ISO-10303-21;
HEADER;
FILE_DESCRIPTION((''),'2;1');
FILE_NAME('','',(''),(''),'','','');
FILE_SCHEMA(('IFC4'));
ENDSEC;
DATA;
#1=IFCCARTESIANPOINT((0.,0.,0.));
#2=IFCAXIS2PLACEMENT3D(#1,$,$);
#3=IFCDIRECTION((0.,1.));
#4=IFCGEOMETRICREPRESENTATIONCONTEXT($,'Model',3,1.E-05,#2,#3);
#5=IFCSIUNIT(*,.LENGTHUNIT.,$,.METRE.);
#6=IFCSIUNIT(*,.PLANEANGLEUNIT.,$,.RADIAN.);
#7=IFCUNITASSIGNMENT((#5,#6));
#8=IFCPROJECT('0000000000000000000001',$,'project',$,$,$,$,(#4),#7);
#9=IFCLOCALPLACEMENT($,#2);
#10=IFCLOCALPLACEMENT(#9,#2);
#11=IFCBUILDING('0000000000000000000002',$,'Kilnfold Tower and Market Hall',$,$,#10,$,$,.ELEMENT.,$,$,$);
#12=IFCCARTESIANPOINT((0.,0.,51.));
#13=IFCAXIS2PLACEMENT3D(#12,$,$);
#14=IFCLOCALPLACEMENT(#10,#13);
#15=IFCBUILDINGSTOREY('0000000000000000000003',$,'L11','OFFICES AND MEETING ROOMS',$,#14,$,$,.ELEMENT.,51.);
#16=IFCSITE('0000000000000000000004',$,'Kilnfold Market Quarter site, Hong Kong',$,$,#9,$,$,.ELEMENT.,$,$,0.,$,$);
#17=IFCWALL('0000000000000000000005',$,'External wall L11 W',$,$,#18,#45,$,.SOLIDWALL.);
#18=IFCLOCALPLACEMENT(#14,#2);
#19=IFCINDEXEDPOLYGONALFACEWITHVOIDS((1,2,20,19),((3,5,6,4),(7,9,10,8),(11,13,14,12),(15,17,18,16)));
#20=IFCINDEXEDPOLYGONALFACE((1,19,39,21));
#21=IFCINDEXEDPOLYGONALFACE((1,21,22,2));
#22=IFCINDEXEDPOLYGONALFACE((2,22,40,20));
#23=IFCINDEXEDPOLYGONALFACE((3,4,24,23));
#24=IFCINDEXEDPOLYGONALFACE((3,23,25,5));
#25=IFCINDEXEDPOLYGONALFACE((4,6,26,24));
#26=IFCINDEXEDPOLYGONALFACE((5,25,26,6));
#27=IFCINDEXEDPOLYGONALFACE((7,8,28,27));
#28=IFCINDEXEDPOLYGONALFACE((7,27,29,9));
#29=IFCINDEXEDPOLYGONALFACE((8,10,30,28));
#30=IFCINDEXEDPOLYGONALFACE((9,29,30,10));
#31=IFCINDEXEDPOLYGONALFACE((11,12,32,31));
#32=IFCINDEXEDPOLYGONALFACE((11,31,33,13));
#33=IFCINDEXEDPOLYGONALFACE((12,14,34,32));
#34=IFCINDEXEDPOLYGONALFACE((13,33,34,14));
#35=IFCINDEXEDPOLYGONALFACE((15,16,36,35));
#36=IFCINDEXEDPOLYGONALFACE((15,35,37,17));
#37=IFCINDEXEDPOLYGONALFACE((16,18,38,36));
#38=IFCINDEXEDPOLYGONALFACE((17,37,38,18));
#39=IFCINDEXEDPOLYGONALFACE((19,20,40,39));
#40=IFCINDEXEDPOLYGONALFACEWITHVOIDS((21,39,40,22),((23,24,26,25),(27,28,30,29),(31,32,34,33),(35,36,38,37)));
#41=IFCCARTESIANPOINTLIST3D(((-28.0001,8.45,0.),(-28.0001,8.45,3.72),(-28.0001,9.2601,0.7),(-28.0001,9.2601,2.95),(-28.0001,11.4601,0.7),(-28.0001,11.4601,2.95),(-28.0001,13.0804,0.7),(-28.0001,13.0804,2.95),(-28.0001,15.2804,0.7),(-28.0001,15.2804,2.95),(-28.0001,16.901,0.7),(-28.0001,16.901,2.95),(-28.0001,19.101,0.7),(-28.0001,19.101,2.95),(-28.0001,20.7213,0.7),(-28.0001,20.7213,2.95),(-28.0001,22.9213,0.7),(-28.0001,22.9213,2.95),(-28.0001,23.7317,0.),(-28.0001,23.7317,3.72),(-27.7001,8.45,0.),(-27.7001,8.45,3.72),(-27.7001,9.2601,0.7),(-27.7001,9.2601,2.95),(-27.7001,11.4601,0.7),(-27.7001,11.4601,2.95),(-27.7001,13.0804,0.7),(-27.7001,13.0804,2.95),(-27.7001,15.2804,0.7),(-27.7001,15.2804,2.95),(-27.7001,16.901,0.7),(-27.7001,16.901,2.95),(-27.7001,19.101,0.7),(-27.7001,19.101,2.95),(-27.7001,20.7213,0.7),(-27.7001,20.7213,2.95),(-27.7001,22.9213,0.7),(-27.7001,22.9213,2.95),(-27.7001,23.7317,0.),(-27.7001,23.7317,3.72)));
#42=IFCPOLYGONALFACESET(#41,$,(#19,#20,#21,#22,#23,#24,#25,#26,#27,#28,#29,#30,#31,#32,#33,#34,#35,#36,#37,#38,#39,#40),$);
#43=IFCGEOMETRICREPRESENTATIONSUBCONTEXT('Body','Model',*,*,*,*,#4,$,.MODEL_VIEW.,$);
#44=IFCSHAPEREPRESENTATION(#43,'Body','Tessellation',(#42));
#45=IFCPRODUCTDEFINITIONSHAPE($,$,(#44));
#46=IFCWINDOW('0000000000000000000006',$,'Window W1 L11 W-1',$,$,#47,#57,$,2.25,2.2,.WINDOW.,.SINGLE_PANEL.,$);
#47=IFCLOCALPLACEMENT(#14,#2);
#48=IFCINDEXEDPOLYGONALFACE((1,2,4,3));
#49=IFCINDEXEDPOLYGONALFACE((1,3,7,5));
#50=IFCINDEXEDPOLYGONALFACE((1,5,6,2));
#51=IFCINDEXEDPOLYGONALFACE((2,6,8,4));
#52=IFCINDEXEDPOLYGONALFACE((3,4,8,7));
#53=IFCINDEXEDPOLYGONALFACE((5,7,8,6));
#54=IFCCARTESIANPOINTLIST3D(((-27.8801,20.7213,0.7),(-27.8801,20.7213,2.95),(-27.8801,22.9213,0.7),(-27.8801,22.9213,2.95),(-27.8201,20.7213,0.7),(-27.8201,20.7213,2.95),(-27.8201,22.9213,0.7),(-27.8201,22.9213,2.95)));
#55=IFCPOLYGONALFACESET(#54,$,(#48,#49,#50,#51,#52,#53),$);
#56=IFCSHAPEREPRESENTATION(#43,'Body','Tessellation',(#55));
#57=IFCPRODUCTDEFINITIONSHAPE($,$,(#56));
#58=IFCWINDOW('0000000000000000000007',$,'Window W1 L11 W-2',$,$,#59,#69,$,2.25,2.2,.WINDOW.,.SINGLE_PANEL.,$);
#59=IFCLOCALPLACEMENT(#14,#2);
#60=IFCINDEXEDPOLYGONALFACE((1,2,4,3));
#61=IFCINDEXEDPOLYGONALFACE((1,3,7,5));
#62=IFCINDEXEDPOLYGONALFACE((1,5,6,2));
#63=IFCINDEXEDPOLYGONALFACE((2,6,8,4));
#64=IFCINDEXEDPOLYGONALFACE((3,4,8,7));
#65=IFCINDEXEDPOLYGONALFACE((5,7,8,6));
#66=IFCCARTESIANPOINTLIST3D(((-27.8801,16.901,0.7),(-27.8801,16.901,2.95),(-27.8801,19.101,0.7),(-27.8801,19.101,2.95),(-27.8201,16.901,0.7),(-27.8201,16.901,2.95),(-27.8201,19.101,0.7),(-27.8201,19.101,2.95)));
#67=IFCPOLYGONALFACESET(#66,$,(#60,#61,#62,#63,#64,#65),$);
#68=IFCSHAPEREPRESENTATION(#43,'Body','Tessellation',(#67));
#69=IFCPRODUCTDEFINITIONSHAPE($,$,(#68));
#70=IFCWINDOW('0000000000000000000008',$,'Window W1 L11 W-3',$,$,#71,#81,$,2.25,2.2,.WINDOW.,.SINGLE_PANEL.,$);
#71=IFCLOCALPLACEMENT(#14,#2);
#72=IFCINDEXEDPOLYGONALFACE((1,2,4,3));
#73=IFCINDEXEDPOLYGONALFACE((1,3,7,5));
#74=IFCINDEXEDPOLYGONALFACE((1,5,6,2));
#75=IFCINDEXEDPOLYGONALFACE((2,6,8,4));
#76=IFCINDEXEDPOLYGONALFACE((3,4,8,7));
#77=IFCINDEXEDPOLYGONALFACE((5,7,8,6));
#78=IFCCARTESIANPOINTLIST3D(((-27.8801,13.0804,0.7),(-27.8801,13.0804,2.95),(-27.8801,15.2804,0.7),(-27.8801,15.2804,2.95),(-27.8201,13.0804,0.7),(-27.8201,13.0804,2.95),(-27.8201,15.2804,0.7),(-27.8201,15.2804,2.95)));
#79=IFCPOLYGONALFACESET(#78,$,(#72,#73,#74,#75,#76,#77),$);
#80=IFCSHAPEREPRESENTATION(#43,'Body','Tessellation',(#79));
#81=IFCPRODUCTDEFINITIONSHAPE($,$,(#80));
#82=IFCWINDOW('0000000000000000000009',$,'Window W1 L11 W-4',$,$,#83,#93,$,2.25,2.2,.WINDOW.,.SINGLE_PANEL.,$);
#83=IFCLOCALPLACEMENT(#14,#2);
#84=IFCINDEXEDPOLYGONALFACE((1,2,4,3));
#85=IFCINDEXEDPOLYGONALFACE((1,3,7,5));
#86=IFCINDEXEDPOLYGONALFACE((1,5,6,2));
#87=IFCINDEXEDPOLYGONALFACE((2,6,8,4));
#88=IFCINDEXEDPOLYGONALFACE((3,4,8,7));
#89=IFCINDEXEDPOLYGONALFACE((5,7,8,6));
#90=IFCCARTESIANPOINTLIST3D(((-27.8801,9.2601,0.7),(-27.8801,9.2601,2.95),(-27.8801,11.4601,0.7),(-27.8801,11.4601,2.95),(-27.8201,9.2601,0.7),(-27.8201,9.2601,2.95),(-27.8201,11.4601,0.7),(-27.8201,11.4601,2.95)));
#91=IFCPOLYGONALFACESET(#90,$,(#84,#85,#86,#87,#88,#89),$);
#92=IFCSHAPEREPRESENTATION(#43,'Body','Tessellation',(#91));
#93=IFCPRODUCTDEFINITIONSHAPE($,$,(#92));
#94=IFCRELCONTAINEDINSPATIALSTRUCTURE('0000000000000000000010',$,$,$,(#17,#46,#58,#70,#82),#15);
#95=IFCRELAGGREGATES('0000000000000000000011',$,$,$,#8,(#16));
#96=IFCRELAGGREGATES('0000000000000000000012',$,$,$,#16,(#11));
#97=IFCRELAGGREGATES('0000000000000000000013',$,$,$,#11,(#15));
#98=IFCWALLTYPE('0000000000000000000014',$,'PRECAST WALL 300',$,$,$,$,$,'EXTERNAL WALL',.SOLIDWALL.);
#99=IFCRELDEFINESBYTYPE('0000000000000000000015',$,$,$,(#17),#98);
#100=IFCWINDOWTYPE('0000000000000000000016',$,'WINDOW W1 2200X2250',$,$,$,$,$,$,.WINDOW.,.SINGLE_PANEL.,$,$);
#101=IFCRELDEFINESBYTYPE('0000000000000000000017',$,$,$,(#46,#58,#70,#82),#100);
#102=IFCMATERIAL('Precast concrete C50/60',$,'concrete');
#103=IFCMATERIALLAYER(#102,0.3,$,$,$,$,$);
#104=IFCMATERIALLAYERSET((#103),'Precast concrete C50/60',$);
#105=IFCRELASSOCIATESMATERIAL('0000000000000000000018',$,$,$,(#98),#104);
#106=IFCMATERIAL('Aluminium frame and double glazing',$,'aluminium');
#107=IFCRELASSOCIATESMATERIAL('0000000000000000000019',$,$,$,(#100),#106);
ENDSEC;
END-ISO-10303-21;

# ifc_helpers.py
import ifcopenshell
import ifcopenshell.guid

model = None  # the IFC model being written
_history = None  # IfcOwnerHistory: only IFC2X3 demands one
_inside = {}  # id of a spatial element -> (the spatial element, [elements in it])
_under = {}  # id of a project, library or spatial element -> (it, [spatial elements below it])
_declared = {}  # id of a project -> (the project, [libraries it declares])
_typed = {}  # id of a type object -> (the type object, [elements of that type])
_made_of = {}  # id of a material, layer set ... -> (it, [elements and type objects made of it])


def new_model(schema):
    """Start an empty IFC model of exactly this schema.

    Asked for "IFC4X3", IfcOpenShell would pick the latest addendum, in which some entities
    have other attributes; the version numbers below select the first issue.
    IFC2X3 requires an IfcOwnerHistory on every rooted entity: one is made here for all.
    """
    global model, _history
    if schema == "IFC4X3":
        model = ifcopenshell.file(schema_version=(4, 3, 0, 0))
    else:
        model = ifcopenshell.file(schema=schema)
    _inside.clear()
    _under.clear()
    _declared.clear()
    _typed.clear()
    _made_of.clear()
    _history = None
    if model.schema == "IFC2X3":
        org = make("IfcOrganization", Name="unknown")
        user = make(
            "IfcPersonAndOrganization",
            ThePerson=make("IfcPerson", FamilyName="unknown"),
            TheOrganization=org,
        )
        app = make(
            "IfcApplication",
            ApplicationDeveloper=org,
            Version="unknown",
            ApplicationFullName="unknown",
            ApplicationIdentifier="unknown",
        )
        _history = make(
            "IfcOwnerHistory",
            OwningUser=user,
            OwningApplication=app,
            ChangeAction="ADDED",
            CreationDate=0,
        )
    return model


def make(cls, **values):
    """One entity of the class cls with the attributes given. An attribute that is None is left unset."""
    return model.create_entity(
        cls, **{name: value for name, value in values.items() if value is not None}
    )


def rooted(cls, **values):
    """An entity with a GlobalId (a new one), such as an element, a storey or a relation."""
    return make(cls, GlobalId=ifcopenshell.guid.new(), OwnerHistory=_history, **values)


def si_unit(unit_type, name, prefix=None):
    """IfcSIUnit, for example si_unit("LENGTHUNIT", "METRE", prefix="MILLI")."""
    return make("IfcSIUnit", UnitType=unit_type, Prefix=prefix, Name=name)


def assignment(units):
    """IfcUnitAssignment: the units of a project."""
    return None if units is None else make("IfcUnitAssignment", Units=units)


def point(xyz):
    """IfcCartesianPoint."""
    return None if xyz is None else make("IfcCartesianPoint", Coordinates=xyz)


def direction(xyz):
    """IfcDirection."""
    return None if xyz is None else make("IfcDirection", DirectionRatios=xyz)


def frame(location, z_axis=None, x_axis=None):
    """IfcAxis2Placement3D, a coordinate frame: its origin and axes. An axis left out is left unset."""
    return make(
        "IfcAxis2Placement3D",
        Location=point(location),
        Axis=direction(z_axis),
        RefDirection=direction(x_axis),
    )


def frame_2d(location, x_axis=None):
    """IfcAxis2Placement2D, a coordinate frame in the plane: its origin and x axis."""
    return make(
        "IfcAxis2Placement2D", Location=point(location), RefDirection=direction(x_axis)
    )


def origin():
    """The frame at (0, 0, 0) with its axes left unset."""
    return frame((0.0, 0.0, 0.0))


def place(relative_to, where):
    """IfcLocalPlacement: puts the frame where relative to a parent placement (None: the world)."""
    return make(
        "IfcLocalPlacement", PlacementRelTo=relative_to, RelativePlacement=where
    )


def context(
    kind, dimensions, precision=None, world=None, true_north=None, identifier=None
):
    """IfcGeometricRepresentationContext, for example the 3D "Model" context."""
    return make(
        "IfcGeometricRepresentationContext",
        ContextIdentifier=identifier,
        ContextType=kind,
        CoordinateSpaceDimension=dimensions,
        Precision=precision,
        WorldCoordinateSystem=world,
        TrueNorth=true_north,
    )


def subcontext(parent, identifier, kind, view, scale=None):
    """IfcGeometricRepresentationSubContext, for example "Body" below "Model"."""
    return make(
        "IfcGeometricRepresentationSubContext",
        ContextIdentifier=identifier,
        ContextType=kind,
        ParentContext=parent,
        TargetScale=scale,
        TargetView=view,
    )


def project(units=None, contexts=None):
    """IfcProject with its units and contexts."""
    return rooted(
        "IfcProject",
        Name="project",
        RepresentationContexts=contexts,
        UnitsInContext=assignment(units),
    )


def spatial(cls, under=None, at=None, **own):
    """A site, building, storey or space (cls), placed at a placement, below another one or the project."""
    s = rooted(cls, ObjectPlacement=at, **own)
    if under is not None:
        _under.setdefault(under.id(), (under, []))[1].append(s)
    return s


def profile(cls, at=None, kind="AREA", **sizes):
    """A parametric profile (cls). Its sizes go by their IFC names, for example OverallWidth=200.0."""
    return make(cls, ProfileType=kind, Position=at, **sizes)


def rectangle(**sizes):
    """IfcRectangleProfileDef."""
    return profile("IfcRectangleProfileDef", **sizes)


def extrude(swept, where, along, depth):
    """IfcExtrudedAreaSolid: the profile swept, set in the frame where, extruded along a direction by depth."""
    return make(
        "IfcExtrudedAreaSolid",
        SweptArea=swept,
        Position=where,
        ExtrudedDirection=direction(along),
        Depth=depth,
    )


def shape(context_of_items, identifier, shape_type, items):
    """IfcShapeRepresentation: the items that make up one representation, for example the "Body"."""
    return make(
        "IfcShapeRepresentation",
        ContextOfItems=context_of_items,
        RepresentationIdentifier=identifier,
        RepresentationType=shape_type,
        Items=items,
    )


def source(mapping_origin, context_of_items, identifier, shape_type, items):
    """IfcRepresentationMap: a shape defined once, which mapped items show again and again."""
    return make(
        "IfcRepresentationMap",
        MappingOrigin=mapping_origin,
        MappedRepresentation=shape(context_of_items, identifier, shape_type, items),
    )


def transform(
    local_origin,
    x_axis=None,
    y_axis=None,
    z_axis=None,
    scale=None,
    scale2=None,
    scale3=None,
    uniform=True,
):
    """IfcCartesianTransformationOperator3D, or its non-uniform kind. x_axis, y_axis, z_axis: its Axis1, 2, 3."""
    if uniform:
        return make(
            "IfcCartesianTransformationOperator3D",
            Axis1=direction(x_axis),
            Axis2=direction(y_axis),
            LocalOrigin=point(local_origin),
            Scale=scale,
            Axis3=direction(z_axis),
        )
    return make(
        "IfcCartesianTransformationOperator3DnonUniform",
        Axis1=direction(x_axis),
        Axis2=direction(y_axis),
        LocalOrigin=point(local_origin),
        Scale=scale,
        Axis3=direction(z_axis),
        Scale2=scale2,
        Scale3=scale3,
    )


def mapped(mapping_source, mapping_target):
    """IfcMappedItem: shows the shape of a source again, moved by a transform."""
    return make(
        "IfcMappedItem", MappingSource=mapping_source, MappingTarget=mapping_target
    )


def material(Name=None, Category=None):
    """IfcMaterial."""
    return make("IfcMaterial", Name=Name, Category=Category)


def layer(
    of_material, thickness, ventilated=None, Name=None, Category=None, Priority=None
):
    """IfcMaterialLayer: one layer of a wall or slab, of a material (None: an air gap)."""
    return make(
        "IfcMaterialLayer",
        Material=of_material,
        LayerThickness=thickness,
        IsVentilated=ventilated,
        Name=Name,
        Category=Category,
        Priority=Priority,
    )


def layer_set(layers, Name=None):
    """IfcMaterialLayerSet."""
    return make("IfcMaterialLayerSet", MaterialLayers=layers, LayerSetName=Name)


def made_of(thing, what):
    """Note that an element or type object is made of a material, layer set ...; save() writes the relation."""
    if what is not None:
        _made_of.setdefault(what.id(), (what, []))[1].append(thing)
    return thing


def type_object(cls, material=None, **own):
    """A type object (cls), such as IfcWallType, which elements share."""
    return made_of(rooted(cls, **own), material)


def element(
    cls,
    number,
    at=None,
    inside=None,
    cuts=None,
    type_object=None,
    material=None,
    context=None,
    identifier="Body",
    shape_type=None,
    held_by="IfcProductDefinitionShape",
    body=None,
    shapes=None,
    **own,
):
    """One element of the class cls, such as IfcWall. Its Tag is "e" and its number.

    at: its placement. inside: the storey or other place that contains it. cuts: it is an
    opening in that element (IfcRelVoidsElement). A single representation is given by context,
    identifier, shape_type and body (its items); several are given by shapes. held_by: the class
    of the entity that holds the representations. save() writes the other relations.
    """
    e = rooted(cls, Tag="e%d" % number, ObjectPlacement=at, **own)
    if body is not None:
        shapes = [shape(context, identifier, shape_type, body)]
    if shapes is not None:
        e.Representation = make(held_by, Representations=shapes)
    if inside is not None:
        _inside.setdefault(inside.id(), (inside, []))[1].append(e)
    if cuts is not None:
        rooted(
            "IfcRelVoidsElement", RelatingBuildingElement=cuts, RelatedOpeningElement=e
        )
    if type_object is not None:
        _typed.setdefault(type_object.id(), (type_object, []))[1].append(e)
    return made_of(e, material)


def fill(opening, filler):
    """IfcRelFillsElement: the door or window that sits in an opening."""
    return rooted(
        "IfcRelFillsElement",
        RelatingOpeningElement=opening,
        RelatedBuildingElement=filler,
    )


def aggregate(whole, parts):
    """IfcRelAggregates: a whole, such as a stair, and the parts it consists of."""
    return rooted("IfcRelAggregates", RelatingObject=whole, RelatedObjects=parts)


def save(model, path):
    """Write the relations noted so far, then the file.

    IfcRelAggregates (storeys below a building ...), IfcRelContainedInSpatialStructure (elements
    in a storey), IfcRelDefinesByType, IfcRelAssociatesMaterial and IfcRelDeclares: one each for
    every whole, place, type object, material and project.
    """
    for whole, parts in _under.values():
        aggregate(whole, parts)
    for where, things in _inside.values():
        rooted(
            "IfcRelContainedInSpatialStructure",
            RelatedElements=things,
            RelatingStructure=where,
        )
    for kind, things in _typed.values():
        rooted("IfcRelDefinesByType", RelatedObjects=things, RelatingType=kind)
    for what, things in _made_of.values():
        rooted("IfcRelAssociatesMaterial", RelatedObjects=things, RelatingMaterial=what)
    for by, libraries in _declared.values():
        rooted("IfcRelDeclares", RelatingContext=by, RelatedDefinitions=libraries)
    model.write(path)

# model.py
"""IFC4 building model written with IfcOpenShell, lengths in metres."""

from ifc_helpers import new_model, si_unit, direction, frame, frame_2d, origin, place, context, subcontext, project, spatial, rectangle, extrude, source, transform, mapped, material, layer, layer_set, type_object, element, fill, save


model = new_model("IFC4")

# Units and contexts
model_context = context("Model", 3, precision=1e-05, world=origin(), true_north=direction((0.0, 1.0)))
body_context = subcontext(model_context, "Body", "Model", "MODEL_VIEW")
ifc_project = project(units=[si_unit("LENGTHUNIT", "METRE"), si_unit("PLANEANGLEUNIT", "RADIAN")], contexts=[model_context])

# Site, building, storey
site_placement = place(None, origin())
site = spatial("IfcSite", under=ifc_project, at=site_placement, Name="Kilnfold Market Quarter site, Hong Kong", CompositionType="ELEMENT", RefElevation=0.0)
building_placement = place(site_placement, origin())
building = spatial("IfcBuilding", under=site, at=building_placement, Name="Kilnfold Tower and Market Hall", CompositionType="ELEMENT")
storey_placement = place(building_placement, frame((0.0, 0.0, 51.0)))
storey = spatial("IfcBuildingStorey", under=building, at=storey_placement, Name="L11", Description="OFFICES AND MEETING ROOMS", CompositionType="ELEMENT", Elevation=51.0)

# Shared definitions
ifc_material_1 = material(Name="Precast concrete C50/60", Category="concrete")
ifc_layer_1 = layer(ifc_material_1, 0.3)
ifc_layer_set_1 = layer_set([ifc_layer_1], Name="Precast concrete C50/60")
wall_type_1 = type_object("IfcWallType", Name="PRECAST WALL 300", ElementType="EXTERNAL WALL", PredefinedType="SOLIDWALL", material=ifc_layer_set_1)
ifc_material_2 = material(Name="Aluminium frame and double glazing", Category="aluminium")
window_type = type_object("IfcWindowType", Name="WINDOW W1 2200X2250", PartitioningType="SINGLE_PANEL", PredefinedType="WINDOW", material=ifc_material_2)

# Wall, openings, windows
shared_shape_1 = source(origin(), body_context, "Body", "SweptSolid", [
    extrude(rectangle(XDim=15.2817, YDim=0.3, at=frame_2d((7.6409, 0.0))), origin(), (0.0, 0.0, 1.0), 3.72),
])
wall_1_placement = place(storey_placement, frame((-27.8501, 23.7317, 0.0), z_axis=(0.0, 0.0, 1.0), x_axis=(0.0, -1.0, 0.0)))
wall_1 = element("IfcWall", 1, at=wall_1_placement, inside=storey, type_object=wall_type_1, Name="External wall L11 W", PredefinedType="SOLIDWALL", context=body_context, shape_type="MappedRepresentation", body=[
    mapped(shared_shape_1, transform((0.0, 0.0, 0.0))),
])
opening_1_placement = place(wall_1_placement, frame((0.8103, 0.0, 0.7)))
opening_1 = element("IfcOpeningElement", 2, at=opening_1_placement, cuts=wall_1, PredefinedType="OPENING", context=body_context, shape_type="SweptSolid", body=[
    extrude(rectangle(XDim=2.2, YDim=2.25, at=frame_2d((1.1001, 1.125))), frame((0.0, 0.1602, 0.0), z_axis=(0.0, -1.0, 0.0), x_axis=(1.0, 0.0, 0.0)), (0.0, 0.0, 1.0), 0.3201),
])
opening_2_placement = place(wall_1_placement, frame((4.6306, 0.0, 0.7)))
opening_2 = element("IfcOpeningElement", 3, at=opening_2_placement, cuts=wall_1, PredefinedType="OPENING", context=body_context, shape_type="SweptSolid", body=[
    extrude(rectangle(XDim=2.2, YDim=2.25, at=frame_2d((1.1001, 1.125))), frame((0.0, 0.1602, 0.0), z_axis=(0.0, -1.0, 0.0), x_axis=(1.0, 0.0, 0.0)), (0.0, 0.0, 1.0), 0.3201),
])
opening_3_placement = place(wall_1_placement, frame((8.4512, 0.0, 0.7)))
opening_3 = element("IfcOpeningElement", 4, at=opening_3_placement, cuts=wall_1, PredefinedType="OPENING", context=body_context, shape_type="SweptSolid", body=[
    extrude(rectangle(XDim=2.2, YDim=2.25, at=frame_2d((1.1001, 1.125))), frame((0.0, 0.1602, 0.0), z_axis=(0.0, -1.0, 0.0), x_axis=(1.0, 0.0, 0.0)), (0.0, 0.0, 1.0), 0.3201),
])
opening_4_placement = place(wall_1_placement, frame((12.2715, 0.0, 0.7)))
opening_4 = element("IfcOpeningElement", 5, at=opening_4_placement, cuts=wall_1, PredefinedType="OPENING", context=body_context, shape_type="SweptSolid", body=[
    extrude(rectangle(XDim=2.2, YDim=2.25, at=frame_2d((1.1001, 1.125))), frame((0.0, 0.1602, 0.0), z_axis=(0.0, -1.0, 0.0), x_axis=(1.0, 0.0, 0.0)), (0.0, 0.0, 1.0), 0.3201),
])
window_1_placement = place(opening_1_placement, origin())
window_1 = element("IfcWindow", 6, at=window_1_placement, inside=storey, type_object=window_type, Name="Window W1 L11 W-1", OverallHeight=2.25, OverallWidth=2.2, PartitioningType="SINGLE_PANEL", PredefinedType="WINDOW", context=body_context, shape_type="SweptSolid", body=[
    extrude(rectangle(XDim=2.2, YDim=2.25, at=frame_2d((1.1001, 1.125))), frame((0.0, 0.03, 0.0), z_axis=(0.0, -1.0, 0.0), x_axis=(1.0, 0.0, 0.0)), (0.0, 0.0, 1.0), 0.0601),
])
fill(opening_1, window_1)
window_2_placement = place(opening_2_placement, origin())
window_2 = element("IfcWindow", 7, at=window_2_placement, inside=storey, type_object=window_type, Name="Window W1 L11 W-2", OverallHeight=2.25, OverallWidth=2.2, PartitioningType="SINGLE_PANEL", PredefinedType="WINDOW", context=body_context, shape_type="SweptSolid", body=[
    extrude(rectangle(XDim=2.2, YDim=2.25, at=frame_2d((1.1001, 1.125))), frame((0.0, 0.03, 0.0), z_axis=(0.0, -1.0, 0.0), x_axis=(1.0, 0.0, 0.0)), (0.0, 0.0, 1.0), 0.0601),
])
fill(opening_2, window_2)
window_3_placement = place(opening_3_placement, origin())
window_3 = element("IfcWindow", 8, at=window_3_placement, inside=storey, type_object=window_type, Name="Window W1 L11 W-3", OverallHeight=2.25, OverallWidth=2.2, PartitioningType="SINGLE_PANEL", PredefinedType="WINDOW", context=body_context, shape_type="SweptSolid", body=[
    extrude(rectangle(XDim=2.2, YDim=2.25, at=frame_2d((1.1001, 1.125))), frame((0.0, 0.03, 0.0), z_axis=(0.0, -1.0, 0.0), x_axis=(1.0, 0.0, 0.0)), (0.0, 0.0, 1.0), 0.0601),
])
fill(opening_3, window_3)
window_4_placement = place(opening_4_placement, origin())
window_4 = element("IfcWindow", 9, at=window_4_placement, inside=storey, type_object=window_type, Name="Window W1 L11 W-4", OverallHeight=2.25, OverallWidth=2.2, PartitioningType="SINGLE_PANEL", PredefinedType="WINDOW", context=body_context, shape_type="SweptSolid", body=[
    extrude(rectangle(XDim=2.2, YDim=2.25, at=frame_2d((1.1001, 1.125))), frame((0.0, 0.03, 0.0), z_axis=(0.0, -1.0, 0.0), x_axis=(1.0, 0.0, 0.0)), (0.0, 0.0, 1.0), 0.0601),
])
fill(opening_4, window_4)

save(model, "model.ifc")
